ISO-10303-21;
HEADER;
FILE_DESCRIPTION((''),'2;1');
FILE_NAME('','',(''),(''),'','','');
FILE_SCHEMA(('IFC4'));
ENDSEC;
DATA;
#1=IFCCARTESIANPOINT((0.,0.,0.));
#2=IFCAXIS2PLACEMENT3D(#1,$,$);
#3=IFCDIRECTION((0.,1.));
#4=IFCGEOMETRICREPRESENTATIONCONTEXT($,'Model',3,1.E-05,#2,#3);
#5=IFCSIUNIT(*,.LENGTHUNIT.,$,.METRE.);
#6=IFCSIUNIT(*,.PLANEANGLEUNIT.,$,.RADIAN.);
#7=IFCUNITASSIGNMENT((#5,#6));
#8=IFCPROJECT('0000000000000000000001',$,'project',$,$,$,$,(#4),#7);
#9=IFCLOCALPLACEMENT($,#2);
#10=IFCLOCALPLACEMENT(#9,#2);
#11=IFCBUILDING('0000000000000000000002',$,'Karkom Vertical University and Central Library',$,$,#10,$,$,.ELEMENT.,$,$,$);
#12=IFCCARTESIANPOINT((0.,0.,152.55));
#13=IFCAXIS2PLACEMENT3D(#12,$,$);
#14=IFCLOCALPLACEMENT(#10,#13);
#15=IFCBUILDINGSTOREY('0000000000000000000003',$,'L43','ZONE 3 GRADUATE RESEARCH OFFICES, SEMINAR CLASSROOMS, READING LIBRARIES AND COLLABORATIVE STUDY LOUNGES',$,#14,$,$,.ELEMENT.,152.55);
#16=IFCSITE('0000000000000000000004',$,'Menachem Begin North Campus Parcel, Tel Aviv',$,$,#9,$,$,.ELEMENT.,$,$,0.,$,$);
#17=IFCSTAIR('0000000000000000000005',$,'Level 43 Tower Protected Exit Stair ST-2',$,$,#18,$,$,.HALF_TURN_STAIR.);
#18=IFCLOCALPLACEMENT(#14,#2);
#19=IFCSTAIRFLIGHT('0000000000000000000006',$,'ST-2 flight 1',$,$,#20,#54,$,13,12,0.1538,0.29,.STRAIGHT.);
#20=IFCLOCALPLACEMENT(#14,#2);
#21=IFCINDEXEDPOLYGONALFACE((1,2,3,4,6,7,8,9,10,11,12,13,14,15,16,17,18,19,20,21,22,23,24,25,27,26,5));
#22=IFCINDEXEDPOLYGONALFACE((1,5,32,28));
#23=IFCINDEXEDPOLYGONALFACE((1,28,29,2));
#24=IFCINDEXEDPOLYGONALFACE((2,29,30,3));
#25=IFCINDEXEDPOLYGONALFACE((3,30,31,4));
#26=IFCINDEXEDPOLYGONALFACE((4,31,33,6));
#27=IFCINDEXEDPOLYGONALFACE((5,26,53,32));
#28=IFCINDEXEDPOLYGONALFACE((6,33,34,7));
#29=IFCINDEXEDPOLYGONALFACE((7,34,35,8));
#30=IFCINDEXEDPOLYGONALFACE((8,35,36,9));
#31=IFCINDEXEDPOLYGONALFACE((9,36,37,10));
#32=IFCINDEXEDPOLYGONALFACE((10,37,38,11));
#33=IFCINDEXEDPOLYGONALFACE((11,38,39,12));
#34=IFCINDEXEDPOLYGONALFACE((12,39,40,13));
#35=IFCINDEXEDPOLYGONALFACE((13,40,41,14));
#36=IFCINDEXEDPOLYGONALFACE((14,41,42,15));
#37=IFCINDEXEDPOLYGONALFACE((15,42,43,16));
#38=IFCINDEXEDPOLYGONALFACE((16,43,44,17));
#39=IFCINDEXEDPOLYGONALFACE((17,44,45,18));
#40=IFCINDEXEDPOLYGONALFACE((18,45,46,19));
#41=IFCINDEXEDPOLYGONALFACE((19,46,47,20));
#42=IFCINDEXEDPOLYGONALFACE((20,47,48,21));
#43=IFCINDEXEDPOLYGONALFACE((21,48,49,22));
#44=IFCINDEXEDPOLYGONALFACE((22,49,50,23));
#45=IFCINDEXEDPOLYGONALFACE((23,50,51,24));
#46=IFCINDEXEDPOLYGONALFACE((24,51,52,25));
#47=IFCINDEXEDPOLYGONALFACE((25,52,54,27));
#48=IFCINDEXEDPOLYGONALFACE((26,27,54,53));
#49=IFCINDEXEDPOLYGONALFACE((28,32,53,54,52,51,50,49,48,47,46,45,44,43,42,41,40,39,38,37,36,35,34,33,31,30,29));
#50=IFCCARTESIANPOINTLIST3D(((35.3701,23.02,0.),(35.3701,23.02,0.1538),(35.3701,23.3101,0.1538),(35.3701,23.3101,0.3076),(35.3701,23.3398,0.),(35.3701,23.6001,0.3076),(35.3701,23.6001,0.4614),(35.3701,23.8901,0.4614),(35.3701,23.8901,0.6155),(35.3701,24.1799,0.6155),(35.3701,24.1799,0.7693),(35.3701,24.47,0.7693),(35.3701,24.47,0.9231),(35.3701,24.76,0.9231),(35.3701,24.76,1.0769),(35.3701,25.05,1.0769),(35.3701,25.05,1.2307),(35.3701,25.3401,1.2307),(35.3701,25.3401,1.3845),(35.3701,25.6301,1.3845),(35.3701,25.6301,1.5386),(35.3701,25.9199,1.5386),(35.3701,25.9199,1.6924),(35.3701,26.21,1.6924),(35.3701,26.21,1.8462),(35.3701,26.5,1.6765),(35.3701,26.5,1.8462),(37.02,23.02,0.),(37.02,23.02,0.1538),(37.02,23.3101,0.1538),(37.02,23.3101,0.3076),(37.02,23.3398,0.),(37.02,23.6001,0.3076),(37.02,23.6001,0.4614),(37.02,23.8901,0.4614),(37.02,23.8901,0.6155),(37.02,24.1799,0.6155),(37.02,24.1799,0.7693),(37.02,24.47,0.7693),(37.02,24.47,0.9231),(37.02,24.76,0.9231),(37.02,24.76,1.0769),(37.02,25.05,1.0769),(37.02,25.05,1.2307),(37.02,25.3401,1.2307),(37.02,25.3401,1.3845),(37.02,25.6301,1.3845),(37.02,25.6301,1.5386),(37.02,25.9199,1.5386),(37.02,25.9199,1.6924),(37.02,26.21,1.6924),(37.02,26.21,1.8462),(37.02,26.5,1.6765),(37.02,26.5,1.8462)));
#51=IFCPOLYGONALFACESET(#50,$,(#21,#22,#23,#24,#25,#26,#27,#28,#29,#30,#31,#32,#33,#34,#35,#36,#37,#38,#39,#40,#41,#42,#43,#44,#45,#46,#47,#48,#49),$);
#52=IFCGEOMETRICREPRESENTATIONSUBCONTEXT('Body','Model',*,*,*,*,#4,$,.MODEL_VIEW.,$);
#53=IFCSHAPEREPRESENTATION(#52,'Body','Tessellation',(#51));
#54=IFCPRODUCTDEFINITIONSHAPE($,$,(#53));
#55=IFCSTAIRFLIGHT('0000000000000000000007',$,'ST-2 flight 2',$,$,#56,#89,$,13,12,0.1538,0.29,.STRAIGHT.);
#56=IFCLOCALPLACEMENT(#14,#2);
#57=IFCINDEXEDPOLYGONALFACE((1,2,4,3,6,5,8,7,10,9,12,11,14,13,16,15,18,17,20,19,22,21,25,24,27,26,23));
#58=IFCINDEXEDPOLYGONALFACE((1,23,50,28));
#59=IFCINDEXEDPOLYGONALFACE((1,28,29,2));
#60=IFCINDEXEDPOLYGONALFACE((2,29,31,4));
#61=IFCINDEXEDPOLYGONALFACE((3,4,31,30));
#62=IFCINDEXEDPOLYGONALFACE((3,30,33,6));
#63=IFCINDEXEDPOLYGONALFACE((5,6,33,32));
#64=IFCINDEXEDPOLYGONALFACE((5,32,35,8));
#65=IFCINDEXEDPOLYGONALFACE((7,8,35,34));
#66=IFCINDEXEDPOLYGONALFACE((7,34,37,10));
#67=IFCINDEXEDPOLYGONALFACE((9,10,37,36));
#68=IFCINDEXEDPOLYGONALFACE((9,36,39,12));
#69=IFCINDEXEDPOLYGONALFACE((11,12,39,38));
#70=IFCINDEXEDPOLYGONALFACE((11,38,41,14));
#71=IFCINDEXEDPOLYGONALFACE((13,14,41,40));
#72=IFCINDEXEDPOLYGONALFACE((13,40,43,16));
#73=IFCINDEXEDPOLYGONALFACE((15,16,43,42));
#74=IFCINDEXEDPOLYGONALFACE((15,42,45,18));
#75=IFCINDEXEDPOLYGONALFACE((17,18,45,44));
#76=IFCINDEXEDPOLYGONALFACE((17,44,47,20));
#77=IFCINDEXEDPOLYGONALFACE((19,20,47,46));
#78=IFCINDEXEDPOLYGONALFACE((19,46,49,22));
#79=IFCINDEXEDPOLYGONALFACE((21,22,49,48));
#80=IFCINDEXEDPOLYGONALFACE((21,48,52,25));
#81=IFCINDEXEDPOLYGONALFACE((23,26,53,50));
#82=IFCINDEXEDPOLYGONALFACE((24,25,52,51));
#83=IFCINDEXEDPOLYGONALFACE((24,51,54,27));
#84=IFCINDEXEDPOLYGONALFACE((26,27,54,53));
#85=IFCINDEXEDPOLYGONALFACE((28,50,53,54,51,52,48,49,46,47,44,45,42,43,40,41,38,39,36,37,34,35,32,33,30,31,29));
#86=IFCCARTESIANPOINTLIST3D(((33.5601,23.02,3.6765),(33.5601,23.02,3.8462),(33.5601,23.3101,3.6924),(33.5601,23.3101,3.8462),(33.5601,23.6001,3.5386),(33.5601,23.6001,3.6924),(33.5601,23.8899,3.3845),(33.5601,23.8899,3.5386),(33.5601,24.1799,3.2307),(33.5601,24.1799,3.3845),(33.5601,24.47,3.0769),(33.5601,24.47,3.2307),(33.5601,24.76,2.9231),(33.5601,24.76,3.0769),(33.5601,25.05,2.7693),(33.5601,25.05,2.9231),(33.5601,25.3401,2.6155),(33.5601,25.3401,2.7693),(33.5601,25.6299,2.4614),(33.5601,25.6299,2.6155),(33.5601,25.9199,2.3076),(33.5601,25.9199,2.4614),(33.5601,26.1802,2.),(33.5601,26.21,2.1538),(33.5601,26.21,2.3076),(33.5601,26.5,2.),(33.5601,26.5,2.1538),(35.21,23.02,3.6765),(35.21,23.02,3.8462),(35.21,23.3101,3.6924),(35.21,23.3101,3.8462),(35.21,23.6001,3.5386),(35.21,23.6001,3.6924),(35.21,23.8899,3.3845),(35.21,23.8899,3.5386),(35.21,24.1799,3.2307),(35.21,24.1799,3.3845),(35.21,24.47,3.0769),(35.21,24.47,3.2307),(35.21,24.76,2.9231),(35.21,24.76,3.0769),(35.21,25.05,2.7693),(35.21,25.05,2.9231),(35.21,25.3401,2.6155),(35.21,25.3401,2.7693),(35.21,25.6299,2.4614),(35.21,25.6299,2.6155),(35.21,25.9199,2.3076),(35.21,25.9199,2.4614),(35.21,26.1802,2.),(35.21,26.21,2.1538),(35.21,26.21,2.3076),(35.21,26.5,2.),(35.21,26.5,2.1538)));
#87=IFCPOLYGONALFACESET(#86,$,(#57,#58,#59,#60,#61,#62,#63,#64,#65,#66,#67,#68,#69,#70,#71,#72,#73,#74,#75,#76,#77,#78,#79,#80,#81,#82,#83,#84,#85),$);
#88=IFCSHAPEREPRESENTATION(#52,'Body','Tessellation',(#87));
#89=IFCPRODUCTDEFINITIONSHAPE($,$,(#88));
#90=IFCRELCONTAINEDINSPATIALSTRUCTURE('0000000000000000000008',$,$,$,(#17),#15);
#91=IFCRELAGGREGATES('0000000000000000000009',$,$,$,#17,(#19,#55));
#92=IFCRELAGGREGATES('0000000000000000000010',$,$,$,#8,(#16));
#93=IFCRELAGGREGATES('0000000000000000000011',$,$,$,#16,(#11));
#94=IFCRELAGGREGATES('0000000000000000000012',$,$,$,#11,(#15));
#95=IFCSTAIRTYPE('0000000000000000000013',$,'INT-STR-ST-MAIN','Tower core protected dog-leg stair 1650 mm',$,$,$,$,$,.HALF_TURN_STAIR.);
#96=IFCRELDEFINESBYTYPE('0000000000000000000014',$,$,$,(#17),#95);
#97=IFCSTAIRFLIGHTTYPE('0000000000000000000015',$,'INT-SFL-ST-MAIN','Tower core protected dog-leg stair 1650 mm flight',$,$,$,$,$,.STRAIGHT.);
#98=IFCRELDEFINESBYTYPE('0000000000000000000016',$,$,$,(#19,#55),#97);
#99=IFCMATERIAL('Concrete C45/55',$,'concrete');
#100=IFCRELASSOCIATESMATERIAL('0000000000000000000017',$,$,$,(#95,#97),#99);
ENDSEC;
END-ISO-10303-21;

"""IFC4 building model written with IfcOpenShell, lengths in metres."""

from ifc_helpers import new_model, si_unit, direction, frame, origin, place, context, subcontext, project, spatial, polyline, outline, extrude, material, type_object, element, aggregate, save


model = new_model("IFC4")

# Units and contexts
model_context = context("Model", 3, precision=1e-05, world=origin(), true_north=direction((0.0, 1.0)))
body_context = subcontext(model_context, "Body", "Model", "MODEL_VIEW")
ifc_project = project(units=[si_unit("LENGTHUNIT", "METRE"), si_unit("PLANEANGLEUNIT", "RADIAN")], contexts=[model_context])

# Site, building, storey
site_placement = place(None, origin())
site = spatial("IfcSite", under=ifc_project, at=site_placement, Name="Menachem Begin North Campus Parcel, Tel Aviv", CompositionType="ELEMENT", RefElevation=0.0)
building_placement = place(site_placement, origin())
building = spatial("IfcBuilding", under=site, at=building_placement, Name="Karkom Vertical University and Central Library", CompositionType="ELEMENT")
storey_placement = place(building_placement, frame((0.0, 0.0, 152.55)))
storey = spatial("IfcBuildingStorey", under=building, at=storey_placement, Name="L43", Description="ZONE 3 GRADUATE RESEARCH OFFICES, SEMINAR CLASSROOMS, READING LIBRARIES AND COLLABORATIVE STUDY LOUNGES", CompositionType="ELEMENT", Elevation=152.55)

# Shared definitions
ifc_material_1 = material(Name="Concrete C45/55", Category="concrete")

# Stair, stair flights
stair_type = type_object("IfcStairType", Name="INT-STR-ST-MAIN", Description="Tower core protected dog-leg stair 1650 mm", PredefinedType="HALF_TURN_STAIR", material=ifc_material_1)
stair_placement = place(storey_placement, origin())
stair = element("IfcStair", 1, at=stair_placement, inside=storey, type_object=stair_type, Name="Level 43 Tower Protected Exit Stair ST-2", PredefinedType="HALF_TURN_STAIR")
stair_flight_type = type_object("IfcStairFlightType", Name="INT-SFL-ST-MAIN", Description="Tower core protected dog-leg stair 1650 mm flight", PredefinedType="STRAIGHT", material=ifc_material_1)
stair_flight_1_placement = place(storey_placement, frame((36.1951, 23.02, 0.0), z_axis=(0.0, 0.0, 1.0), x_axis=(0.0, 1.0, 0.0)))
stair_flight_1 = element("IfcStairFlight", 2, at=stair_flight_1_placement, type_object=stair_flight_type, Name="ST-2 flight 1", NumberOfRisers=13, NumberOfTreads=12, PredefinedType="STRAIGHT", RiserHeight=0.1538, TreadLength=0.29, context=body_context, shape_type="SweptSolid", body=[
    extrude(outline(polyline([(0.0, 0.0), (0.0, 0.1538), (0.29, 0.1538), (0.29, 0.3076), (0.5801, 0.3076), (0.5801, 0.4614), (0.8701, 0.4614), (0.8701, 0.6155), (1.1599, 0.6155), (1.1599, 0.7693), (1.45, 0.7693), (1.45, 0.9231), (1.74, 0.9231), (1.74, 1.0769), (2.03, 1.0769), (2.03, 1.2307), (2.3201, 1.2307), (2.3201, 1.3845), (2.6101, 1.3845), (2.6101, 1.5386), (2.8999, 1.5386), (2.8999, 1.6924), (3.1899, 1.6924), (3.1899, 1.8462), (3.48, 1.8462), (3.48, 2.0), (3.48, 1.6765), (0.3198, 0.0), (0.0, 0.0)])), frame((0.0, 0.825, 0.0), z_axis=(0.0, -1.0, 0.0), x_axis=(1.0, 0.0, 0.0)), (0.0, 0.0, 1.0), 1.6499),
])
stair_flight_2_placement = place(storey_placement, frame((34.385, 26.5, 2.0), z_axis=(0.0, 0.0, 1.0), x_axis=(0.0, -1.0, 0.0)))
stair_flight_2 = element("IfcStairFlight", 3, at=stair_flight_2_placement, type_object=stair_flight_type, Name="ST-2 flight 2", NumberOfRisers=13, NumberOfTreads=12, PredefinedType="STRAIGHT", RiserHeight=0.1538, TreadLength=0.29, context=body_context, shape_type="SweptSolid", body=[
    extrude(outline(polyline([(0.0, 0.0), (0.0, 0.1538), (0.29, 0.1538), (0.29, 0.3076), (0.5801, 0.3076), (0.5801, 0.4614), (0.8701, 0.4614), (0.8701, 0.6155), (1.1599, 0.6155), (1.1599, 0.7693), (1.45, 0.7693), (1.45, 0.9231), (1.74, 0.9231), (1.74, 1.0769), (2.03, 1.0769), (2.03, 1.2307), (2.3201, 1.2307), (2.3201, 1.3845), (2.6101, 1.3845), (2.6101, 1.5386), (2.8999, 1.5386), (2.8999, 1.6924), (3.1899, 1.6924), (3.1899, 1.8462), (3.48, 1.8462), (3.48, 2.0), (3.48, 1.6765), (0.3198, 0.0), (0.0, 0.0)])), frame((0.0, 0.825, 0.0), z_axis=(0.0, -1.0, 0.0), x_axis=(1.0, 0.0, 0.0)), (0.0, 0.0, 1.0), 1.6499),
])
aggregate(stair, [stair_flight_1, stair_flight_2])

save(model, "model.ifc")
